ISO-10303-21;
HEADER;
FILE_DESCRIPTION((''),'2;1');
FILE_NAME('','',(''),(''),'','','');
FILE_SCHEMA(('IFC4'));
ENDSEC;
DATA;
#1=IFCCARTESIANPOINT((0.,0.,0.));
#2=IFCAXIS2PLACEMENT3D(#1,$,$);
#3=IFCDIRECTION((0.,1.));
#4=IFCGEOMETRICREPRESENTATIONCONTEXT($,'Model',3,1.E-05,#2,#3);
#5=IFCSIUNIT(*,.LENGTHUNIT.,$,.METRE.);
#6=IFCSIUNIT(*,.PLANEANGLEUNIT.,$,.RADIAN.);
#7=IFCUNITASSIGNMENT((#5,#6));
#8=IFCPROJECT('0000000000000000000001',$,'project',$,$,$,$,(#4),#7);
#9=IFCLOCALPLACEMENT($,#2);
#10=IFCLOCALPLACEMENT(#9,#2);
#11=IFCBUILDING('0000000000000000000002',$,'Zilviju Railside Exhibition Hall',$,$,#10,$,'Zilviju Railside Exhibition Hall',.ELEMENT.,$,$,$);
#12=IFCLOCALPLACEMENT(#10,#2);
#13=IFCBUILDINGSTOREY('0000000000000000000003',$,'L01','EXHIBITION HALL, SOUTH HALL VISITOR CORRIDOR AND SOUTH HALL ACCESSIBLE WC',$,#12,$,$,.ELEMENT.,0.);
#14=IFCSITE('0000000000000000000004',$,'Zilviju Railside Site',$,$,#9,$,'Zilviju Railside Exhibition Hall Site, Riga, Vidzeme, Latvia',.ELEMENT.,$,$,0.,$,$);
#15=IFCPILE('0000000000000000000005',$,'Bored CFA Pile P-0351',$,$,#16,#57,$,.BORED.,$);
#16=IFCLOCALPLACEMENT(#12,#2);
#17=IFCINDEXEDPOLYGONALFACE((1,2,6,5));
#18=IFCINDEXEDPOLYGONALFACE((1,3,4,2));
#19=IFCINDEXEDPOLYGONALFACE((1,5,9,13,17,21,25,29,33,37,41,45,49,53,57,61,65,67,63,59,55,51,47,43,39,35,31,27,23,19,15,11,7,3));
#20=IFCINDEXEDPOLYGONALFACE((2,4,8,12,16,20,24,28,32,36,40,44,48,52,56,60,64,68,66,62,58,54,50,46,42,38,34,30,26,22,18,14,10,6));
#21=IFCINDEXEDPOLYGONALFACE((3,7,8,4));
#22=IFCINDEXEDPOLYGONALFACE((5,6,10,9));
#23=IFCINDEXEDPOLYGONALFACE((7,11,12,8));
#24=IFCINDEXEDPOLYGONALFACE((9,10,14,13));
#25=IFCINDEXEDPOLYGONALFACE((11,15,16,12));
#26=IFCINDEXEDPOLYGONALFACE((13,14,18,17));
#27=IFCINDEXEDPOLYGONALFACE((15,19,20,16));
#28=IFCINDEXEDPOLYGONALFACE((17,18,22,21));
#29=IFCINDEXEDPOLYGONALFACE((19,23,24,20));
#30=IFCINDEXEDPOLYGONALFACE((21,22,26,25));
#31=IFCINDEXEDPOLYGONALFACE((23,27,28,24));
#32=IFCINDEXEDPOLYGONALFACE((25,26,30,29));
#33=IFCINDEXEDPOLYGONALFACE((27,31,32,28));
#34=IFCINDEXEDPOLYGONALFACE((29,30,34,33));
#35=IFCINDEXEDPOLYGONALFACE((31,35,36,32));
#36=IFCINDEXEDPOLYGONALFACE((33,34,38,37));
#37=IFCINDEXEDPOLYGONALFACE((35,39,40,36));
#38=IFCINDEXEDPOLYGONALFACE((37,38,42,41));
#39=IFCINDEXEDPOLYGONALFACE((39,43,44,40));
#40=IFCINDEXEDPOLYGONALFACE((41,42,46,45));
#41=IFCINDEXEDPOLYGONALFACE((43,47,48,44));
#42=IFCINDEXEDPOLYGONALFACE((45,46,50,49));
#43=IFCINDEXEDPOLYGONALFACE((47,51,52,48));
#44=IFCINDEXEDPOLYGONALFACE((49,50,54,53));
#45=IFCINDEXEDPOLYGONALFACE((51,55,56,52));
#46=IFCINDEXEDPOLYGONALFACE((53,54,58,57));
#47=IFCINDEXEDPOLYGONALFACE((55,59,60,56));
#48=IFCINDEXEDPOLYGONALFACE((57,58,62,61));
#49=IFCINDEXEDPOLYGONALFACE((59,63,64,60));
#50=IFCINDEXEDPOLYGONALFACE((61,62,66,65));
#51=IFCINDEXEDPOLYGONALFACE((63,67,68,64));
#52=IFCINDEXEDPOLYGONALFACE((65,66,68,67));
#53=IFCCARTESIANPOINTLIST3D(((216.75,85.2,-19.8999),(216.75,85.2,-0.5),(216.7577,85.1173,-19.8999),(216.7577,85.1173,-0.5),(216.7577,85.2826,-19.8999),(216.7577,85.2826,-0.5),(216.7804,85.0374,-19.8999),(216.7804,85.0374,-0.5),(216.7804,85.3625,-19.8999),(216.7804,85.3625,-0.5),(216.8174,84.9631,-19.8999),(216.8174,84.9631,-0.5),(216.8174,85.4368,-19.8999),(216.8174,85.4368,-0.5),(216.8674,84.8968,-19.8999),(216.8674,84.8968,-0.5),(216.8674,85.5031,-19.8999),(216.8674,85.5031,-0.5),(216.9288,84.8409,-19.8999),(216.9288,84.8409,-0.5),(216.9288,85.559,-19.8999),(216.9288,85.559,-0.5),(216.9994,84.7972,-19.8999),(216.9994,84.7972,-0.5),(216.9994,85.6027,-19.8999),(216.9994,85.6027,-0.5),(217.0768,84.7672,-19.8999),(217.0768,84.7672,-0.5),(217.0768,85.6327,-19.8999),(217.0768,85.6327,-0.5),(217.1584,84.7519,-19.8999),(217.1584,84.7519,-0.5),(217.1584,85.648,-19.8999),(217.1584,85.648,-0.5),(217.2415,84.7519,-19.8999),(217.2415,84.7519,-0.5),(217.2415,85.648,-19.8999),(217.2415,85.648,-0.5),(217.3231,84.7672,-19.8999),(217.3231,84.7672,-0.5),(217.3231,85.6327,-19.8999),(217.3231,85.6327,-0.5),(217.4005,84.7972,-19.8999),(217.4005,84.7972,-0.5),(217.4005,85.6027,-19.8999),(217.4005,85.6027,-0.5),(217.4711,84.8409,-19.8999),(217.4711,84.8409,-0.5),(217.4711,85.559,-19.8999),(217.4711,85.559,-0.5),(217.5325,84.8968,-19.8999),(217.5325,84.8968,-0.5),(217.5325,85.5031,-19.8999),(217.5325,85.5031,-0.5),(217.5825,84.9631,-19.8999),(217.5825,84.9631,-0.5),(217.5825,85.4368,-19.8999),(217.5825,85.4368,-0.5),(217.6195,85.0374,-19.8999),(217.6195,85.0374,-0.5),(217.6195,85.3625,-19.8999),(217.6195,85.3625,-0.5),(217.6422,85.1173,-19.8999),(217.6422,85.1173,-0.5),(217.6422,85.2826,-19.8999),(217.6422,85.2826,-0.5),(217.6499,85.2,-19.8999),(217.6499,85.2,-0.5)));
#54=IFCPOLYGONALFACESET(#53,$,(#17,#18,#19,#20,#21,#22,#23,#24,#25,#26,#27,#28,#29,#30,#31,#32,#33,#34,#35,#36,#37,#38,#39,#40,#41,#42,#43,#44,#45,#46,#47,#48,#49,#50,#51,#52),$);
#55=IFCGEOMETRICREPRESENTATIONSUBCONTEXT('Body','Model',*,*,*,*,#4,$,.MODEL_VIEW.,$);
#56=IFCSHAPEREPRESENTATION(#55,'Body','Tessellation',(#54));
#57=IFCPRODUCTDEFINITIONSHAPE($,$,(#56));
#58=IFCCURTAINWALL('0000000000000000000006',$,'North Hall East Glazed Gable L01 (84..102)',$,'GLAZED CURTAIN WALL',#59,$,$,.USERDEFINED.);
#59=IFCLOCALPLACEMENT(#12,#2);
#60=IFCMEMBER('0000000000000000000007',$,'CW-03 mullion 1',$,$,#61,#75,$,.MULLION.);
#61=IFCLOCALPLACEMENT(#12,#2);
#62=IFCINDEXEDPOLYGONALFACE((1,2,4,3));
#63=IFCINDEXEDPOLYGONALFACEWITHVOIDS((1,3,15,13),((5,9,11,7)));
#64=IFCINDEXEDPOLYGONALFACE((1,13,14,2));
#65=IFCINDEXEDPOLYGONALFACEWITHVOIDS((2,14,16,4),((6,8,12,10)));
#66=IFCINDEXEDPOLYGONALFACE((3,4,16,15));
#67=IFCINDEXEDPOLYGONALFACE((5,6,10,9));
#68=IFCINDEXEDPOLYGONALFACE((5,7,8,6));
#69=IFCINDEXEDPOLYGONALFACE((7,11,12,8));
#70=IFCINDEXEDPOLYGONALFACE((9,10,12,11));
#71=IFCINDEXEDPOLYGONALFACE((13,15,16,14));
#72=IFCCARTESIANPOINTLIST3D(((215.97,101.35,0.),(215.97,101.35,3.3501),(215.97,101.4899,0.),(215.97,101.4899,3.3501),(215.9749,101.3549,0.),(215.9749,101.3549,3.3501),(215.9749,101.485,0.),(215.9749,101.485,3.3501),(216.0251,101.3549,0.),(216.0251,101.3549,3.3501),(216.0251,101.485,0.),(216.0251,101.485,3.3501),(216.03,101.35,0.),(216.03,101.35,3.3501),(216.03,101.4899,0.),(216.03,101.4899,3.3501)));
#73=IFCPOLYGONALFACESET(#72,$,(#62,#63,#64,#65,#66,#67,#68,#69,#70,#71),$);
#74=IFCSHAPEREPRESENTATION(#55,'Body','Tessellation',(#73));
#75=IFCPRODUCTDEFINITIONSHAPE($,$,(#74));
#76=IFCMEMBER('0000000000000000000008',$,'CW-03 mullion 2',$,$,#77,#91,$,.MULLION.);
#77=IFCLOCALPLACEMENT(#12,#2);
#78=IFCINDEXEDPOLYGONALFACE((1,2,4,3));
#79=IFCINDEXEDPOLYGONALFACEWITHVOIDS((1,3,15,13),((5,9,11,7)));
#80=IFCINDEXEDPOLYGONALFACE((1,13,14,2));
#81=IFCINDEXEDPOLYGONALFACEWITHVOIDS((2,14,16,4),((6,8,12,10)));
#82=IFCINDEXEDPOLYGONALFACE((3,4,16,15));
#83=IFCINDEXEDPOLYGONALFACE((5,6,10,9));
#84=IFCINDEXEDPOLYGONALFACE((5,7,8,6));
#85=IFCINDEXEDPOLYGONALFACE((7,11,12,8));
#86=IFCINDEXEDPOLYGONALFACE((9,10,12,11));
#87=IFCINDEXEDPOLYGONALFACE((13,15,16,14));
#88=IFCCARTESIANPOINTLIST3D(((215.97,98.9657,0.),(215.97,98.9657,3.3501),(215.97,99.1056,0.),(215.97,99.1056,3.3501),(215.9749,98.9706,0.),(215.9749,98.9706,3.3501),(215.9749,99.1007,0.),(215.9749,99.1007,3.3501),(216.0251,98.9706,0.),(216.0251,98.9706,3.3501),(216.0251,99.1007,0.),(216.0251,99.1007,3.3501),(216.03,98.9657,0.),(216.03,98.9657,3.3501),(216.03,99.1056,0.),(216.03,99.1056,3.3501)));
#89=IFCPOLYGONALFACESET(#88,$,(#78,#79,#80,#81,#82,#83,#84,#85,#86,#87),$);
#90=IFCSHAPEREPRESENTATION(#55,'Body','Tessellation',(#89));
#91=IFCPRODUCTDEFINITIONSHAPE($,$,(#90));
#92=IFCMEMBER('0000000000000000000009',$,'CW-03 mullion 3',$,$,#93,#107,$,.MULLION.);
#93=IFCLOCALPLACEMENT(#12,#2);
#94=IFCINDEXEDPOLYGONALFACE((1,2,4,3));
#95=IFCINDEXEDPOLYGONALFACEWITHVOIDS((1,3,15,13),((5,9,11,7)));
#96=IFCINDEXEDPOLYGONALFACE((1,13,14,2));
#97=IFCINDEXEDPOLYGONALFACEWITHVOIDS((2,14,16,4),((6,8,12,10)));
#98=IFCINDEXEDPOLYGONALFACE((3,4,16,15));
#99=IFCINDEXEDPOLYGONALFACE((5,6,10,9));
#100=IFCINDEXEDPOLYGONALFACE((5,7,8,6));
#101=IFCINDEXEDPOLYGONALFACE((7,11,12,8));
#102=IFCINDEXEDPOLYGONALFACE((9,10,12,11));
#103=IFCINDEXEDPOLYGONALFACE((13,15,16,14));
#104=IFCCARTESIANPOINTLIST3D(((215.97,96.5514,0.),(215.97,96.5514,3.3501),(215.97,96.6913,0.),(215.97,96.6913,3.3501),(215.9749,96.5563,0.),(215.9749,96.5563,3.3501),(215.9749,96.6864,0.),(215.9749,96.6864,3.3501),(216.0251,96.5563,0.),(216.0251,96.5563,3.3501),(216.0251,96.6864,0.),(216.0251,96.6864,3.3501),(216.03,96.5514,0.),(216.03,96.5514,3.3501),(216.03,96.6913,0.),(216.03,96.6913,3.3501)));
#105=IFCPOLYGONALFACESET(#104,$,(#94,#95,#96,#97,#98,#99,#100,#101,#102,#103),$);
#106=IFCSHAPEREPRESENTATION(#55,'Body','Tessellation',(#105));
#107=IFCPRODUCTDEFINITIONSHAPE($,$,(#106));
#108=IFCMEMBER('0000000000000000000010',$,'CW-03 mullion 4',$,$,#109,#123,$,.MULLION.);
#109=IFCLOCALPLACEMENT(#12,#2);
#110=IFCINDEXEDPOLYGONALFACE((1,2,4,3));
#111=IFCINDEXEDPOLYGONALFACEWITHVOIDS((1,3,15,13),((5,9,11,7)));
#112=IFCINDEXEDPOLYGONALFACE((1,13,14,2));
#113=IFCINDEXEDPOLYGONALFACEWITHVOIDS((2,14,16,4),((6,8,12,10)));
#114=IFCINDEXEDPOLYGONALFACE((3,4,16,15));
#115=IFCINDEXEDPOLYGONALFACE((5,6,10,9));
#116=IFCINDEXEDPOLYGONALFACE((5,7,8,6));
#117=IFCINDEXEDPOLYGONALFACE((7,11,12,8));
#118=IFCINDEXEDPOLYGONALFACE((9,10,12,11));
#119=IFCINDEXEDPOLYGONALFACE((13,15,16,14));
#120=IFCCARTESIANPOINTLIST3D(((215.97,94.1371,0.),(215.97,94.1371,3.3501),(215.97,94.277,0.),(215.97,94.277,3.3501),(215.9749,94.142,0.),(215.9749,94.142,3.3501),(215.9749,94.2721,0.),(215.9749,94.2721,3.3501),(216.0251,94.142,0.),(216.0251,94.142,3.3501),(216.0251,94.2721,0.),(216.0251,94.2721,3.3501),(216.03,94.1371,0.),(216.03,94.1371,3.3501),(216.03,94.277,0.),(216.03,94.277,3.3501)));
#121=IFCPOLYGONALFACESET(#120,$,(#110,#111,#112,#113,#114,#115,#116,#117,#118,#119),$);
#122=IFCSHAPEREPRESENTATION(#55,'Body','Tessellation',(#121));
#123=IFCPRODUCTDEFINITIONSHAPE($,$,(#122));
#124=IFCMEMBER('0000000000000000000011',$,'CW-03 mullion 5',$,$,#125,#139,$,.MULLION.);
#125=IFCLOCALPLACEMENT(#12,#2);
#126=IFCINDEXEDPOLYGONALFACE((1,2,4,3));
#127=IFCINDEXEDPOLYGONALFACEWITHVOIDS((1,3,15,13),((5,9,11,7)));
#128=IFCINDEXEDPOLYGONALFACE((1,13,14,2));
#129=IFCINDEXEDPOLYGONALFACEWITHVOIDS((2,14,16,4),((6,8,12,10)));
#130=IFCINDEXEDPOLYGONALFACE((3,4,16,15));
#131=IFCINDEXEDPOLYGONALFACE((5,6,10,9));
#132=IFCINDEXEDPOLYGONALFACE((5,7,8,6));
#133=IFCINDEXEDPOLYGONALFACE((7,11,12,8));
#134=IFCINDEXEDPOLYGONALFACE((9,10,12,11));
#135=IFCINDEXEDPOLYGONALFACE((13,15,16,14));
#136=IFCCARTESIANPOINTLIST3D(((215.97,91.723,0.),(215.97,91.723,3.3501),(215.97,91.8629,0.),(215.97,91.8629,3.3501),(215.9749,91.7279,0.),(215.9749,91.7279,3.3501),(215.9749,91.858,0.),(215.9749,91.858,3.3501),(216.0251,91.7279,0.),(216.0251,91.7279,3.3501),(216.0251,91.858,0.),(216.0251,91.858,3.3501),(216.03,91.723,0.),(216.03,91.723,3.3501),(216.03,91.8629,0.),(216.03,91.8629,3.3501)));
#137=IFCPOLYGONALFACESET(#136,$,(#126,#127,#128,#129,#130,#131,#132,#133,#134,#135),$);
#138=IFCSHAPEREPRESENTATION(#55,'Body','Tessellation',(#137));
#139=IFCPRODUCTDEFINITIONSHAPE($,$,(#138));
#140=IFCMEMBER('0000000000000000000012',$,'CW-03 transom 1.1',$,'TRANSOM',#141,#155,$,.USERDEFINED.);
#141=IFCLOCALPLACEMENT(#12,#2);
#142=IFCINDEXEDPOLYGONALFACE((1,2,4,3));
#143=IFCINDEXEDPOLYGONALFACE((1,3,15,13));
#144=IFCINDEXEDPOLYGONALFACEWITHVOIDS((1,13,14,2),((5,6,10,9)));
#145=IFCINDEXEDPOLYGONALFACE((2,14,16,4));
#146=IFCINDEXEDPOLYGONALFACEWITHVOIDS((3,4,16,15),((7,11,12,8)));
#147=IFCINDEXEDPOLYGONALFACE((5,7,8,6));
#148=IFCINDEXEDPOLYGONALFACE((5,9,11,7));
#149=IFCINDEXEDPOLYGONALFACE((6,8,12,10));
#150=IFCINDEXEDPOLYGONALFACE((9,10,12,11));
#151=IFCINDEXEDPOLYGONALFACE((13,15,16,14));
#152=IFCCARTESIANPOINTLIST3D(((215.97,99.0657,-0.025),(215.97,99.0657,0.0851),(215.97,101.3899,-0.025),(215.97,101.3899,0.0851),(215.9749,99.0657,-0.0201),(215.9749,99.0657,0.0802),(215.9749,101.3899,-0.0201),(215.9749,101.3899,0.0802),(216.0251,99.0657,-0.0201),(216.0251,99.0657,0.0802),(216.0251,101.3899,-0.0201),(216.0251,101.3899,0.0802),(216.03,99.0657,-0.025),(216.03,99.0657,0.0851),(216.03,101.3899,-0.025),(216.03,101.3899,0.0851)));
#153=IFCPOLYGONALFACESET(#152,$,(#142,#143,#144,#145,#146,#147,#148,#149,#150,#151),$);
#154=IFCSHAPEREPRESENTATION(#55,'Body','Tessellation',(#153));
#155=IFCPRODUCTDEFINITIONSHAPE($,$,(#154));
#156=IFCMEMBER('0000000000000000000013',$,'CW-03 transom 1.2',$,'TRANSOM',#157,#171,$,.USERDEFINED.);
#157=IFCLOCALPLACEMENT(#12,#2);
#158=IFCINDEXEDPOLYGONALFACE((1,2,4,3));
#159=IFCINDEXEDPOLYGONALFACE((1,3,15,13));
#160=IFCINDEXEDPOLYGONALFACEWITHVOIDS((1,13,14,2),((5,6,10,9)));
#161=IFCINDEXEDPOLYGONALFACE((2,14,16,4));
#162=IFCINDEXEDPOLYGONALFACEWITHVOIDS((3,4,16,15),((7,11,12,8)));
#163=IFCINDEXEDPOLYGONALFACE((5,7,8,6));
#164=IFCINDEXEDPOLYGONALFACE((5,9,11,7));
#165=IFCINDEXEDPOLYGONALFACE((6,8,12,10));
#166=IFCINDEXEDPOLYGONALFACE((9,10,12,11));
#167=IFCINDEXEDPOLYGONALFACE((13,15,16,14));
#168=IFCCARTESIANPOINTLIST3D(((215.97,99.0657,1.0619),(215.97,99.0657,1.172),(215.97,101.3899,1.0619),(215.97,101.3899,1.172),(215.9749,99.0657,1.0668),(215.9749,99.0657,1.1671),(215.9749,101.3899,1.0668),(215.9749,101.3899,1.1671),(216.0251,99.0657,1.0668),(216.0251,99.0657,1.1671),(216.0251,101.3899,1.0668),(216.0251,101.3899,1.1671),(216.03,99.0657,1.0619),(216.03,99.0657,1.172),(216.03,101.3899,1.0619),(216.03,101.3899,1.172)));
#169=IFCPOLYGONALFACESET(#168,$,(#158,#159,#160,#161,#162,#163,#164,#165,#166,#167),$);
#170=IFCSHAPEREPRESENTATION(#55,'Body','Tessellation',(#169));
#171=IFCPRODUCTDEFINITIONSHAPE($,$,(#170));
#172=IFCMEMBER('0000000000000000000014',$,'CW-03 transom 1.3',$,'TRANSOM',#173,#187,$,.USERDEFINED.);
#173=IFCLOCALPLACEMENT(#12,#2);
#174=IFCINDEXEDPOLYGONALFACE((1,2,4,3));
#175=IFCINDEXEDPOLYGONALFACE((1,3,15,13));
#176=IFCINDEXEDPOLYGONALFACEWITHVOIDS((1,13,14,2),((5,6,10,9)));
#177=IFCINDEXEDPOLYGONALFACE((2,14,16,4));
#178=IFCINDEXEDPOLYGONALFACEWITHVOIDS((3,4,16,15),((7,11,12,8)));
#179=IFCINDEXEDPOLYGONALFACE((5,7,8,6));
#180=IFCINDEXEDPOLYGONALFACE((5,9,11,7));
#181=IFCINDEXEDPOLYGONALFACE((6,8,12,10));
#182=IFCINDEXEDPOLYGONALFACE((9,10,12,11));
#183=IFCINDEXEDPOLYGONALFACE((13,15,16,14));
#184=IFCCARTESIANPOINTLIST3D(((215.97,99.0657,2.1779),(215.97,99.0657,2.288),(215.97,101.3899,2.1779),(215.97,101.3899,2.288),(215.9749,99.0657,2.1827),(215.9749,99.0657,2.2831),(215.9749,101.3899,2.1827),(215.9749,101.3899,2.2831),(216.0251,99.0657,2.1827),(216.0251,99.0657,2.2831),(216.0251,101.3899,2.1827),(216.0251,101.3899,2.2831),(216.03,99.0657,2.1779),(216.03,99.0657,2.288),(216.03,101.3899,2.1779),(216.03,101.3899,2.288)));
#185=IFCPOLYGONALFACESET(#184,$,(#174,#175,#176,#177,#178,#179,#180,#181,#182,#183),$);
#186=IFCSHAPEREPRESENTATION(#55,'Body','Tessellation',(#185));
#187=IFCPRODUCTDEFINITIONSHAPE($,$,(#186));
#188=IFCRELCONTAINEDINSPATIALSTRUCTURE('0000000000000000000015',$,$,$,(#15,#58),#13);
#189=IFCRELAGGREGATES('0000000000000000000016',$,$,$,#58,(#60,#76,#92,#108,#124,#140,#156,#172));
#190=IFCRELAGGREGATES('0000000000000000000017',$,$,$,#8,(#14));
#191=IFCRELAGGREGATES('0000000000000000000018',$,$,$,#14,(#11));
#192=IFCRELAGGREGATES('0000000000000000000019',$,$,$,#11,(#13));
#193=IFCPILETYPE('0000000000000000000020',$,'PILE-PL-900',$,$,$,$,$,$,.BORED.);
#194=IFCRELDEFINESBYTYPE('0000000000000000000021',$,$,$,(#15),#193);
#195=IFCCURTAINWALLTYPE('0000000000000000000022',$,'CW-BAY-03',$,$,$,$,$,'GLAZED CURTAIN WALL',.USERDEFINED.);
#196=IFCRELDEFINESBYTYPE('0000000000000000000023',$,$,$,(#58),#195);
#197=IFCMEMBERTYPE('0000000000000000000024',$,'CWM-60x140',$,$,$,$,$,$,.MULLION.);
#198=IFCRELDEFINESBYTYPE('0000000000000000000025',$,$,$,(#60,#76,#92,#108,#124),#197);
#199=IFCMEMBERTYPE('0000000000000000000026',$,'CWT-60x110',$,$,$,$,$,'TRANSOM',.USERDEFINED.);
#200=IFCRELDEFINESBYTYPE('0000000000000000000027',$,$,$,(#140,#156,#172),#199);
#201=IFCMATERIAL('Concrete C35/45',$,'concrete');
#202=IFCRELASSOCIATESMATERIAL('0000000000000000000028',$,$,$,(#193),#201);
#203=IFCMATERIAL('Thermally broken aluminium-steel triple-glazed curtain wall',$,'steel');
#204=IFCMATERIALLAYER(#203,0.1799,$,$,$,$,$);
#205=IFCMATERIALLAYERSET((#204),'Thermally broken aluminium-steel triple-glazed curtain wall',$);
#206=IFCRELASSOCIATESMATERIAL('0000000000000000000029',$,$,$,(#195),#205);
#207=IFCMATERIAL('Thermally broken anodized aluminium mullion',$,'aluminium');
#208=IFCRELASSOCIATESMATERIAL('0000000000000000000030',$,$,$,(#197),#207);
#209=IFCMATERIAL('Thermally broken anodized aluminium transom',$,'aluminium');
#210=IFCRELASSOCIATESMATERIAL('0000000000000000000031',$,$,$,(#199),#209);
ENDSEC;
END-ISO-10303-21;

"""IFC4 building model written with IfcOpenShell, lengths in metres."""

from ifc_helpers import new_model, si_unit, direction, frame, origin, origin_2d, place, context, subcontext, project, spatial, hollow_rectangle, circle, extrude, material, layer, layer_set, material_profile, profile_set, type_object, element, aggregate, save


model = new_model("IFC4")

# Units and contexts
model_context = context("Model", 3, precision=1e-05, world=origin(), true_north=direction((0.0, 1.0)))
body_context = subcontext(model_context, "Body", "Model", "MODEL_VIEW")
ifc_project = project(units=[si_unit("LENGTHUNIT", "METRE"), si_unit("PLANEANGLEUNIT", "RADIAN")], contexts=[model_context])

# Site, building, storey
site_placement = place(None, origin())
site = spatial("IfcSite", under=ifc_project, at=site_placement, Name="Zilviju Railside Site", LongName="Zilviju Railside Exhibition Hall Site, Riga, Vidzeme, Latvia", CompositionType="ELEMENT", RefElevation=0.0)
building_placement = place(site_placement, origin())
building = spatial("IfcBuilding", under=site, at=building_placement, Name="Zilviju Railside Exhibition Hall", LongName="Zilviju Railside Exhibition Hall", CompositionType="ELEMENT")
storey_placement = place(building_placement, origin())
storey = spatial("IfcBuildingStorey", under=building, at=storey_placement, Name="L01", Description="EXHIBITION HALL, SOUTH HALL VISITOR CORRIDOR AND SOUTH HALL ACCESSIBLE WC", CompositionType="ELEMENT", Elevation=0.0)

# Pile
ifc_material_1 = material(Name="Concrete C35/45", Category="concrete")
ifc_material_profile_1 = material_profile(ifc_material_1, circle(Radius=0.45, at=origin_2d()), Name="CFA PILE D900")
ifc_profile_set_1 = profile_set([ifc_material_profile_1], Name="Concrete C35/45")
pile_type = type_object("IfcPileType", Name="PILE-PL-900", PredefinedType="BORED", material=ifc_profile_set_1)
pile_placement = place(storey_placement, frame((217.2, 85.2, -0.5), z_axis=(0.0, 0.0, -1.0), x_axis=(1.0, 0.0, 0.0)))
element("IfcPile", 1, at=pile_placement, inside=storey, type_object=pile_type, Name="Bored CFA Pile P-0351", PredefinedType="BORED", context=body_context, shape_type="SweptSolid", body=[
    extrude(circle(Radius=0.45, at=origin_2d()), origin(), (0.0, 0.0, 1.0), 19.3999),
])

# Curtain wall, members
ifc_material_2 = material(Name="Thermally broken aluminium-steel triple-glazed curtain wall", Category="steel")
ifc_layer_1 = layer(ifc_material_2, 0.1799)
ifc_layer_set_1 = layer_set([ifc_layer_1], Name="Thermally broken aluminium-steel triple-glazed curtain wall")
curtain_wall_type = type_object("IfcCurtainWallType", Name="CW-BAY-03", ElementType="GLAZED CURTAIN WALL", PredefinedType="USERDEFINED", material=ifc_layer_set_1)
curtain_wall_placement = place(storey_placement, origin())
curtain_wall = element("IfcCurtainWall", 2, at=curtain_wall_placement, inside=storey, type_object=curtain_wall_type, Name="North Hall East Glazed Gable L01 (84..102)", ObjectType="GLAZED CURTAIN WALL", PredefinedType="USERDEFINED")
ifc_material_3 = material(Name="Thermally broken anodized aluminium mullion", Category="aluminium")
ifc_material_profile_2 = material_profile(ifc_material_3, hollow_rectangle(XDim=0.0601, YDim=0.1399, WallThickness=0.0049, at=origin_2d()), Name="MULLION 140x60x5")
ifc_profile_set_2 = profile_set([ifc_material_profile_2], Name="Thermally broken anodized aluminium mullion")
member_type_1 = type_object("IfcMemberType", Name="CWM-60x140", PredefinedType="MULLION", material=ifc_profile_set_2)
member_1_placement = place(storey_placement, frame((216.0, 101.4199, 0.0), z_axis=(0.0, 0.0, 1.0), x_axis=(1.0, 0.0, 0.0)))
member_1 = element("IfcMember", 3, at=member_1_placement, type_object=member_type_1, Name="CW-03 mullion 1", PredefinedType="MULLION", context=body_context, shape_type="SweptSolid", body=[
    extrude(hollow_rectangle(XDim=0.0601, YDim=0.1399, WallThickness=0.0049, at=origin_2d()), origin(), (0.0, 0.0, 1.0), 3.3501),
])
member_2_placement = place(storey_placement, frame((216.0, 99.0356, 0.0), z_axis=(0.0, 0.0, 1.0), x_axis=(1.0, 0.0, 0.0)))
member_2 = element("IfcMember", 4, at=member_2_placement, type_object=member_type_1, Name="CW-03 mullion 2", PredefinedType="MULLION", context=body_context, shape_type="SweptSolid", body=[
    extrude(hollow_rectangle(XDim=0.0601, YDim=0.1399, WallThickness=0.0049, at=origin_2d()), origin(), (0.0, 0.0, 1.0), 3.3501),
])
member_3_placement = place(storey_placement, frame((216.0, 96.6213, 0.0), z_axis=(0.0, 0.0, 1.0), x_axis=(1.0, 0.0, 0.0)))
member_3 = element("IfcMember", 5, at=member_3_placement, type_object=member_type_1, Name="CW-03 mullion 3", PredefinedType="MULLION", context=body_context, shape_type="SweptSolid", body=[
    extrude(hollow_rectangle(XDim=0.0601, YDim=0.1399, WallThickness=0.0049, at=origin_2d()), origin(), (0.0, 0.0, 1.0), 3.3501),
])
member_4_placement = place(storey_placement, frame((216.0, 94.207, 0.0), z_axis=(0.0, 0.0, 1.0), x_axis=(1.0, 0.0, 0.0)))
member_4 = element("IfcMember", 6, at=member_4_placement, type_object=member_type_1, Name="CW-03 mullion 4", PredefinedType="MULLION", context=body_context, shape_type="SweptSolid", body=[
    extrude(hollow_rectangle(XDim=0.0601, YDim=0.1399, WallThickness=0.0049, at=origin_2d()), origin(), (0.0, 0.0, 1.0), 3.3501),
])
member_5_placement = place(storey_placement, frame((216.0, 91.793, 0.0), z_axis=(0.0, 0.0, 1.0), x_axis=(1.0, 0.0, 0.0)))
member_5 = element("IfcMember", 7, at=member_5_placement, type_object=member_type_1, Name="CW-03 mullion 5", PredefinedType="MULLION", context=body_context, shape_type="SweptSolid", body=[
    extrude(hollow_rectangle(XDim=0.0601, YDim=0.1399, WallThickness=0.0049, at=origin_2d()), origin(), (0.0, 0.0, 1.0), 3.3501),
])
ifc_material_4 = material(Name="Thermally broken anodized aluminium transom", Category="aluminium")
ifc_material_profile_3 = material_profile(ifc_material_4, hollow_rectangle(XDim=0.0601, YDim=0.1101, WallThickness=0.0049, at=origin_2d()), Name="TRANSOM 110x60x5")
ifc_profile_set_3 = profile_set([ifc_material_profile_3], Name="Thermally broken anodized aluminium transom")
member_type_2 = type_object("IfcMemberType", Name="CWT-60x110", ElementType="TRANSOM", PredefinedType="USERDEFINED", material=ifc_profile_set_3)
member_6_placement = place(storey_placement, frame((216.0, 101.3899, 0.03), z_axis=(0.0, -1.0, 0.0), x_axis=(1.0, 0.0, 0.0)))
member_6 = element("IfcMember", 8, at=member_6_placement, type_object=member_type_2, Name="CW-03 transom 1.1", ObjectType="TRANSOM", PredefinedType="USERDEFINED", context=body_context, shape_type="SweptSolid", body=[
    extrude(hollow_rectangle(XDim=0.0601, YDim=0.1101, WallThickness=0.0049, at=origin_2d()), origin(), (0.0, 0.0, 1.0), 2.3242),
])
member_7_placement = place(storey_placement, frame((216.0, 101.3899, 1.1169), z_axis=(0.0, -1.0, 0.0), x_axis=(1.0, 0.0, 0.0)))
member_7 = element("IfcMember", 9, at=member_7_placement, type_object=member_type_2, Name="CW-03 transom 1.2", ObjectType="TRANSOM", PredefinedType="USERDEFINED", context=body_context, shape_type="SweptSolid", body=[
    extrude(hollow_rectangle(XDim=0.0601, YDim=0.1101, WallThickness=0.0049, at=origin_2d()), origin(), (0.0, 0.0, 1.0), 2.3242),
])
member_8_placement = place(storey_placement, frame((216.0, 101.3899, 2.2329), z_axis=(0.0, -1.0, 0.0), x_axis=(1.0, 0.0, 0.0)))
member_8 = element("IfcMember", 10, at=member_8_placement, type_object=member_type_2, Name="CW-03 transom 1.3", ObjectType="TRANSOM", PredefinedType="USERDEFINED", context=body_context, shape_type="SweptSolid", body=[
    extrude(hollow_rectangle(XDim=0.0601, YDim=0.1101, WallThickness=0.0049, at=origin_2d()), origin(), (0.0, 0.0, 1.0), 2.3242),
])
aggregate(curtain_wall, [member_1, member_2, member_3, member_4, member_5, member_6, member_7, member_8])

save(model, "model.ifc")
